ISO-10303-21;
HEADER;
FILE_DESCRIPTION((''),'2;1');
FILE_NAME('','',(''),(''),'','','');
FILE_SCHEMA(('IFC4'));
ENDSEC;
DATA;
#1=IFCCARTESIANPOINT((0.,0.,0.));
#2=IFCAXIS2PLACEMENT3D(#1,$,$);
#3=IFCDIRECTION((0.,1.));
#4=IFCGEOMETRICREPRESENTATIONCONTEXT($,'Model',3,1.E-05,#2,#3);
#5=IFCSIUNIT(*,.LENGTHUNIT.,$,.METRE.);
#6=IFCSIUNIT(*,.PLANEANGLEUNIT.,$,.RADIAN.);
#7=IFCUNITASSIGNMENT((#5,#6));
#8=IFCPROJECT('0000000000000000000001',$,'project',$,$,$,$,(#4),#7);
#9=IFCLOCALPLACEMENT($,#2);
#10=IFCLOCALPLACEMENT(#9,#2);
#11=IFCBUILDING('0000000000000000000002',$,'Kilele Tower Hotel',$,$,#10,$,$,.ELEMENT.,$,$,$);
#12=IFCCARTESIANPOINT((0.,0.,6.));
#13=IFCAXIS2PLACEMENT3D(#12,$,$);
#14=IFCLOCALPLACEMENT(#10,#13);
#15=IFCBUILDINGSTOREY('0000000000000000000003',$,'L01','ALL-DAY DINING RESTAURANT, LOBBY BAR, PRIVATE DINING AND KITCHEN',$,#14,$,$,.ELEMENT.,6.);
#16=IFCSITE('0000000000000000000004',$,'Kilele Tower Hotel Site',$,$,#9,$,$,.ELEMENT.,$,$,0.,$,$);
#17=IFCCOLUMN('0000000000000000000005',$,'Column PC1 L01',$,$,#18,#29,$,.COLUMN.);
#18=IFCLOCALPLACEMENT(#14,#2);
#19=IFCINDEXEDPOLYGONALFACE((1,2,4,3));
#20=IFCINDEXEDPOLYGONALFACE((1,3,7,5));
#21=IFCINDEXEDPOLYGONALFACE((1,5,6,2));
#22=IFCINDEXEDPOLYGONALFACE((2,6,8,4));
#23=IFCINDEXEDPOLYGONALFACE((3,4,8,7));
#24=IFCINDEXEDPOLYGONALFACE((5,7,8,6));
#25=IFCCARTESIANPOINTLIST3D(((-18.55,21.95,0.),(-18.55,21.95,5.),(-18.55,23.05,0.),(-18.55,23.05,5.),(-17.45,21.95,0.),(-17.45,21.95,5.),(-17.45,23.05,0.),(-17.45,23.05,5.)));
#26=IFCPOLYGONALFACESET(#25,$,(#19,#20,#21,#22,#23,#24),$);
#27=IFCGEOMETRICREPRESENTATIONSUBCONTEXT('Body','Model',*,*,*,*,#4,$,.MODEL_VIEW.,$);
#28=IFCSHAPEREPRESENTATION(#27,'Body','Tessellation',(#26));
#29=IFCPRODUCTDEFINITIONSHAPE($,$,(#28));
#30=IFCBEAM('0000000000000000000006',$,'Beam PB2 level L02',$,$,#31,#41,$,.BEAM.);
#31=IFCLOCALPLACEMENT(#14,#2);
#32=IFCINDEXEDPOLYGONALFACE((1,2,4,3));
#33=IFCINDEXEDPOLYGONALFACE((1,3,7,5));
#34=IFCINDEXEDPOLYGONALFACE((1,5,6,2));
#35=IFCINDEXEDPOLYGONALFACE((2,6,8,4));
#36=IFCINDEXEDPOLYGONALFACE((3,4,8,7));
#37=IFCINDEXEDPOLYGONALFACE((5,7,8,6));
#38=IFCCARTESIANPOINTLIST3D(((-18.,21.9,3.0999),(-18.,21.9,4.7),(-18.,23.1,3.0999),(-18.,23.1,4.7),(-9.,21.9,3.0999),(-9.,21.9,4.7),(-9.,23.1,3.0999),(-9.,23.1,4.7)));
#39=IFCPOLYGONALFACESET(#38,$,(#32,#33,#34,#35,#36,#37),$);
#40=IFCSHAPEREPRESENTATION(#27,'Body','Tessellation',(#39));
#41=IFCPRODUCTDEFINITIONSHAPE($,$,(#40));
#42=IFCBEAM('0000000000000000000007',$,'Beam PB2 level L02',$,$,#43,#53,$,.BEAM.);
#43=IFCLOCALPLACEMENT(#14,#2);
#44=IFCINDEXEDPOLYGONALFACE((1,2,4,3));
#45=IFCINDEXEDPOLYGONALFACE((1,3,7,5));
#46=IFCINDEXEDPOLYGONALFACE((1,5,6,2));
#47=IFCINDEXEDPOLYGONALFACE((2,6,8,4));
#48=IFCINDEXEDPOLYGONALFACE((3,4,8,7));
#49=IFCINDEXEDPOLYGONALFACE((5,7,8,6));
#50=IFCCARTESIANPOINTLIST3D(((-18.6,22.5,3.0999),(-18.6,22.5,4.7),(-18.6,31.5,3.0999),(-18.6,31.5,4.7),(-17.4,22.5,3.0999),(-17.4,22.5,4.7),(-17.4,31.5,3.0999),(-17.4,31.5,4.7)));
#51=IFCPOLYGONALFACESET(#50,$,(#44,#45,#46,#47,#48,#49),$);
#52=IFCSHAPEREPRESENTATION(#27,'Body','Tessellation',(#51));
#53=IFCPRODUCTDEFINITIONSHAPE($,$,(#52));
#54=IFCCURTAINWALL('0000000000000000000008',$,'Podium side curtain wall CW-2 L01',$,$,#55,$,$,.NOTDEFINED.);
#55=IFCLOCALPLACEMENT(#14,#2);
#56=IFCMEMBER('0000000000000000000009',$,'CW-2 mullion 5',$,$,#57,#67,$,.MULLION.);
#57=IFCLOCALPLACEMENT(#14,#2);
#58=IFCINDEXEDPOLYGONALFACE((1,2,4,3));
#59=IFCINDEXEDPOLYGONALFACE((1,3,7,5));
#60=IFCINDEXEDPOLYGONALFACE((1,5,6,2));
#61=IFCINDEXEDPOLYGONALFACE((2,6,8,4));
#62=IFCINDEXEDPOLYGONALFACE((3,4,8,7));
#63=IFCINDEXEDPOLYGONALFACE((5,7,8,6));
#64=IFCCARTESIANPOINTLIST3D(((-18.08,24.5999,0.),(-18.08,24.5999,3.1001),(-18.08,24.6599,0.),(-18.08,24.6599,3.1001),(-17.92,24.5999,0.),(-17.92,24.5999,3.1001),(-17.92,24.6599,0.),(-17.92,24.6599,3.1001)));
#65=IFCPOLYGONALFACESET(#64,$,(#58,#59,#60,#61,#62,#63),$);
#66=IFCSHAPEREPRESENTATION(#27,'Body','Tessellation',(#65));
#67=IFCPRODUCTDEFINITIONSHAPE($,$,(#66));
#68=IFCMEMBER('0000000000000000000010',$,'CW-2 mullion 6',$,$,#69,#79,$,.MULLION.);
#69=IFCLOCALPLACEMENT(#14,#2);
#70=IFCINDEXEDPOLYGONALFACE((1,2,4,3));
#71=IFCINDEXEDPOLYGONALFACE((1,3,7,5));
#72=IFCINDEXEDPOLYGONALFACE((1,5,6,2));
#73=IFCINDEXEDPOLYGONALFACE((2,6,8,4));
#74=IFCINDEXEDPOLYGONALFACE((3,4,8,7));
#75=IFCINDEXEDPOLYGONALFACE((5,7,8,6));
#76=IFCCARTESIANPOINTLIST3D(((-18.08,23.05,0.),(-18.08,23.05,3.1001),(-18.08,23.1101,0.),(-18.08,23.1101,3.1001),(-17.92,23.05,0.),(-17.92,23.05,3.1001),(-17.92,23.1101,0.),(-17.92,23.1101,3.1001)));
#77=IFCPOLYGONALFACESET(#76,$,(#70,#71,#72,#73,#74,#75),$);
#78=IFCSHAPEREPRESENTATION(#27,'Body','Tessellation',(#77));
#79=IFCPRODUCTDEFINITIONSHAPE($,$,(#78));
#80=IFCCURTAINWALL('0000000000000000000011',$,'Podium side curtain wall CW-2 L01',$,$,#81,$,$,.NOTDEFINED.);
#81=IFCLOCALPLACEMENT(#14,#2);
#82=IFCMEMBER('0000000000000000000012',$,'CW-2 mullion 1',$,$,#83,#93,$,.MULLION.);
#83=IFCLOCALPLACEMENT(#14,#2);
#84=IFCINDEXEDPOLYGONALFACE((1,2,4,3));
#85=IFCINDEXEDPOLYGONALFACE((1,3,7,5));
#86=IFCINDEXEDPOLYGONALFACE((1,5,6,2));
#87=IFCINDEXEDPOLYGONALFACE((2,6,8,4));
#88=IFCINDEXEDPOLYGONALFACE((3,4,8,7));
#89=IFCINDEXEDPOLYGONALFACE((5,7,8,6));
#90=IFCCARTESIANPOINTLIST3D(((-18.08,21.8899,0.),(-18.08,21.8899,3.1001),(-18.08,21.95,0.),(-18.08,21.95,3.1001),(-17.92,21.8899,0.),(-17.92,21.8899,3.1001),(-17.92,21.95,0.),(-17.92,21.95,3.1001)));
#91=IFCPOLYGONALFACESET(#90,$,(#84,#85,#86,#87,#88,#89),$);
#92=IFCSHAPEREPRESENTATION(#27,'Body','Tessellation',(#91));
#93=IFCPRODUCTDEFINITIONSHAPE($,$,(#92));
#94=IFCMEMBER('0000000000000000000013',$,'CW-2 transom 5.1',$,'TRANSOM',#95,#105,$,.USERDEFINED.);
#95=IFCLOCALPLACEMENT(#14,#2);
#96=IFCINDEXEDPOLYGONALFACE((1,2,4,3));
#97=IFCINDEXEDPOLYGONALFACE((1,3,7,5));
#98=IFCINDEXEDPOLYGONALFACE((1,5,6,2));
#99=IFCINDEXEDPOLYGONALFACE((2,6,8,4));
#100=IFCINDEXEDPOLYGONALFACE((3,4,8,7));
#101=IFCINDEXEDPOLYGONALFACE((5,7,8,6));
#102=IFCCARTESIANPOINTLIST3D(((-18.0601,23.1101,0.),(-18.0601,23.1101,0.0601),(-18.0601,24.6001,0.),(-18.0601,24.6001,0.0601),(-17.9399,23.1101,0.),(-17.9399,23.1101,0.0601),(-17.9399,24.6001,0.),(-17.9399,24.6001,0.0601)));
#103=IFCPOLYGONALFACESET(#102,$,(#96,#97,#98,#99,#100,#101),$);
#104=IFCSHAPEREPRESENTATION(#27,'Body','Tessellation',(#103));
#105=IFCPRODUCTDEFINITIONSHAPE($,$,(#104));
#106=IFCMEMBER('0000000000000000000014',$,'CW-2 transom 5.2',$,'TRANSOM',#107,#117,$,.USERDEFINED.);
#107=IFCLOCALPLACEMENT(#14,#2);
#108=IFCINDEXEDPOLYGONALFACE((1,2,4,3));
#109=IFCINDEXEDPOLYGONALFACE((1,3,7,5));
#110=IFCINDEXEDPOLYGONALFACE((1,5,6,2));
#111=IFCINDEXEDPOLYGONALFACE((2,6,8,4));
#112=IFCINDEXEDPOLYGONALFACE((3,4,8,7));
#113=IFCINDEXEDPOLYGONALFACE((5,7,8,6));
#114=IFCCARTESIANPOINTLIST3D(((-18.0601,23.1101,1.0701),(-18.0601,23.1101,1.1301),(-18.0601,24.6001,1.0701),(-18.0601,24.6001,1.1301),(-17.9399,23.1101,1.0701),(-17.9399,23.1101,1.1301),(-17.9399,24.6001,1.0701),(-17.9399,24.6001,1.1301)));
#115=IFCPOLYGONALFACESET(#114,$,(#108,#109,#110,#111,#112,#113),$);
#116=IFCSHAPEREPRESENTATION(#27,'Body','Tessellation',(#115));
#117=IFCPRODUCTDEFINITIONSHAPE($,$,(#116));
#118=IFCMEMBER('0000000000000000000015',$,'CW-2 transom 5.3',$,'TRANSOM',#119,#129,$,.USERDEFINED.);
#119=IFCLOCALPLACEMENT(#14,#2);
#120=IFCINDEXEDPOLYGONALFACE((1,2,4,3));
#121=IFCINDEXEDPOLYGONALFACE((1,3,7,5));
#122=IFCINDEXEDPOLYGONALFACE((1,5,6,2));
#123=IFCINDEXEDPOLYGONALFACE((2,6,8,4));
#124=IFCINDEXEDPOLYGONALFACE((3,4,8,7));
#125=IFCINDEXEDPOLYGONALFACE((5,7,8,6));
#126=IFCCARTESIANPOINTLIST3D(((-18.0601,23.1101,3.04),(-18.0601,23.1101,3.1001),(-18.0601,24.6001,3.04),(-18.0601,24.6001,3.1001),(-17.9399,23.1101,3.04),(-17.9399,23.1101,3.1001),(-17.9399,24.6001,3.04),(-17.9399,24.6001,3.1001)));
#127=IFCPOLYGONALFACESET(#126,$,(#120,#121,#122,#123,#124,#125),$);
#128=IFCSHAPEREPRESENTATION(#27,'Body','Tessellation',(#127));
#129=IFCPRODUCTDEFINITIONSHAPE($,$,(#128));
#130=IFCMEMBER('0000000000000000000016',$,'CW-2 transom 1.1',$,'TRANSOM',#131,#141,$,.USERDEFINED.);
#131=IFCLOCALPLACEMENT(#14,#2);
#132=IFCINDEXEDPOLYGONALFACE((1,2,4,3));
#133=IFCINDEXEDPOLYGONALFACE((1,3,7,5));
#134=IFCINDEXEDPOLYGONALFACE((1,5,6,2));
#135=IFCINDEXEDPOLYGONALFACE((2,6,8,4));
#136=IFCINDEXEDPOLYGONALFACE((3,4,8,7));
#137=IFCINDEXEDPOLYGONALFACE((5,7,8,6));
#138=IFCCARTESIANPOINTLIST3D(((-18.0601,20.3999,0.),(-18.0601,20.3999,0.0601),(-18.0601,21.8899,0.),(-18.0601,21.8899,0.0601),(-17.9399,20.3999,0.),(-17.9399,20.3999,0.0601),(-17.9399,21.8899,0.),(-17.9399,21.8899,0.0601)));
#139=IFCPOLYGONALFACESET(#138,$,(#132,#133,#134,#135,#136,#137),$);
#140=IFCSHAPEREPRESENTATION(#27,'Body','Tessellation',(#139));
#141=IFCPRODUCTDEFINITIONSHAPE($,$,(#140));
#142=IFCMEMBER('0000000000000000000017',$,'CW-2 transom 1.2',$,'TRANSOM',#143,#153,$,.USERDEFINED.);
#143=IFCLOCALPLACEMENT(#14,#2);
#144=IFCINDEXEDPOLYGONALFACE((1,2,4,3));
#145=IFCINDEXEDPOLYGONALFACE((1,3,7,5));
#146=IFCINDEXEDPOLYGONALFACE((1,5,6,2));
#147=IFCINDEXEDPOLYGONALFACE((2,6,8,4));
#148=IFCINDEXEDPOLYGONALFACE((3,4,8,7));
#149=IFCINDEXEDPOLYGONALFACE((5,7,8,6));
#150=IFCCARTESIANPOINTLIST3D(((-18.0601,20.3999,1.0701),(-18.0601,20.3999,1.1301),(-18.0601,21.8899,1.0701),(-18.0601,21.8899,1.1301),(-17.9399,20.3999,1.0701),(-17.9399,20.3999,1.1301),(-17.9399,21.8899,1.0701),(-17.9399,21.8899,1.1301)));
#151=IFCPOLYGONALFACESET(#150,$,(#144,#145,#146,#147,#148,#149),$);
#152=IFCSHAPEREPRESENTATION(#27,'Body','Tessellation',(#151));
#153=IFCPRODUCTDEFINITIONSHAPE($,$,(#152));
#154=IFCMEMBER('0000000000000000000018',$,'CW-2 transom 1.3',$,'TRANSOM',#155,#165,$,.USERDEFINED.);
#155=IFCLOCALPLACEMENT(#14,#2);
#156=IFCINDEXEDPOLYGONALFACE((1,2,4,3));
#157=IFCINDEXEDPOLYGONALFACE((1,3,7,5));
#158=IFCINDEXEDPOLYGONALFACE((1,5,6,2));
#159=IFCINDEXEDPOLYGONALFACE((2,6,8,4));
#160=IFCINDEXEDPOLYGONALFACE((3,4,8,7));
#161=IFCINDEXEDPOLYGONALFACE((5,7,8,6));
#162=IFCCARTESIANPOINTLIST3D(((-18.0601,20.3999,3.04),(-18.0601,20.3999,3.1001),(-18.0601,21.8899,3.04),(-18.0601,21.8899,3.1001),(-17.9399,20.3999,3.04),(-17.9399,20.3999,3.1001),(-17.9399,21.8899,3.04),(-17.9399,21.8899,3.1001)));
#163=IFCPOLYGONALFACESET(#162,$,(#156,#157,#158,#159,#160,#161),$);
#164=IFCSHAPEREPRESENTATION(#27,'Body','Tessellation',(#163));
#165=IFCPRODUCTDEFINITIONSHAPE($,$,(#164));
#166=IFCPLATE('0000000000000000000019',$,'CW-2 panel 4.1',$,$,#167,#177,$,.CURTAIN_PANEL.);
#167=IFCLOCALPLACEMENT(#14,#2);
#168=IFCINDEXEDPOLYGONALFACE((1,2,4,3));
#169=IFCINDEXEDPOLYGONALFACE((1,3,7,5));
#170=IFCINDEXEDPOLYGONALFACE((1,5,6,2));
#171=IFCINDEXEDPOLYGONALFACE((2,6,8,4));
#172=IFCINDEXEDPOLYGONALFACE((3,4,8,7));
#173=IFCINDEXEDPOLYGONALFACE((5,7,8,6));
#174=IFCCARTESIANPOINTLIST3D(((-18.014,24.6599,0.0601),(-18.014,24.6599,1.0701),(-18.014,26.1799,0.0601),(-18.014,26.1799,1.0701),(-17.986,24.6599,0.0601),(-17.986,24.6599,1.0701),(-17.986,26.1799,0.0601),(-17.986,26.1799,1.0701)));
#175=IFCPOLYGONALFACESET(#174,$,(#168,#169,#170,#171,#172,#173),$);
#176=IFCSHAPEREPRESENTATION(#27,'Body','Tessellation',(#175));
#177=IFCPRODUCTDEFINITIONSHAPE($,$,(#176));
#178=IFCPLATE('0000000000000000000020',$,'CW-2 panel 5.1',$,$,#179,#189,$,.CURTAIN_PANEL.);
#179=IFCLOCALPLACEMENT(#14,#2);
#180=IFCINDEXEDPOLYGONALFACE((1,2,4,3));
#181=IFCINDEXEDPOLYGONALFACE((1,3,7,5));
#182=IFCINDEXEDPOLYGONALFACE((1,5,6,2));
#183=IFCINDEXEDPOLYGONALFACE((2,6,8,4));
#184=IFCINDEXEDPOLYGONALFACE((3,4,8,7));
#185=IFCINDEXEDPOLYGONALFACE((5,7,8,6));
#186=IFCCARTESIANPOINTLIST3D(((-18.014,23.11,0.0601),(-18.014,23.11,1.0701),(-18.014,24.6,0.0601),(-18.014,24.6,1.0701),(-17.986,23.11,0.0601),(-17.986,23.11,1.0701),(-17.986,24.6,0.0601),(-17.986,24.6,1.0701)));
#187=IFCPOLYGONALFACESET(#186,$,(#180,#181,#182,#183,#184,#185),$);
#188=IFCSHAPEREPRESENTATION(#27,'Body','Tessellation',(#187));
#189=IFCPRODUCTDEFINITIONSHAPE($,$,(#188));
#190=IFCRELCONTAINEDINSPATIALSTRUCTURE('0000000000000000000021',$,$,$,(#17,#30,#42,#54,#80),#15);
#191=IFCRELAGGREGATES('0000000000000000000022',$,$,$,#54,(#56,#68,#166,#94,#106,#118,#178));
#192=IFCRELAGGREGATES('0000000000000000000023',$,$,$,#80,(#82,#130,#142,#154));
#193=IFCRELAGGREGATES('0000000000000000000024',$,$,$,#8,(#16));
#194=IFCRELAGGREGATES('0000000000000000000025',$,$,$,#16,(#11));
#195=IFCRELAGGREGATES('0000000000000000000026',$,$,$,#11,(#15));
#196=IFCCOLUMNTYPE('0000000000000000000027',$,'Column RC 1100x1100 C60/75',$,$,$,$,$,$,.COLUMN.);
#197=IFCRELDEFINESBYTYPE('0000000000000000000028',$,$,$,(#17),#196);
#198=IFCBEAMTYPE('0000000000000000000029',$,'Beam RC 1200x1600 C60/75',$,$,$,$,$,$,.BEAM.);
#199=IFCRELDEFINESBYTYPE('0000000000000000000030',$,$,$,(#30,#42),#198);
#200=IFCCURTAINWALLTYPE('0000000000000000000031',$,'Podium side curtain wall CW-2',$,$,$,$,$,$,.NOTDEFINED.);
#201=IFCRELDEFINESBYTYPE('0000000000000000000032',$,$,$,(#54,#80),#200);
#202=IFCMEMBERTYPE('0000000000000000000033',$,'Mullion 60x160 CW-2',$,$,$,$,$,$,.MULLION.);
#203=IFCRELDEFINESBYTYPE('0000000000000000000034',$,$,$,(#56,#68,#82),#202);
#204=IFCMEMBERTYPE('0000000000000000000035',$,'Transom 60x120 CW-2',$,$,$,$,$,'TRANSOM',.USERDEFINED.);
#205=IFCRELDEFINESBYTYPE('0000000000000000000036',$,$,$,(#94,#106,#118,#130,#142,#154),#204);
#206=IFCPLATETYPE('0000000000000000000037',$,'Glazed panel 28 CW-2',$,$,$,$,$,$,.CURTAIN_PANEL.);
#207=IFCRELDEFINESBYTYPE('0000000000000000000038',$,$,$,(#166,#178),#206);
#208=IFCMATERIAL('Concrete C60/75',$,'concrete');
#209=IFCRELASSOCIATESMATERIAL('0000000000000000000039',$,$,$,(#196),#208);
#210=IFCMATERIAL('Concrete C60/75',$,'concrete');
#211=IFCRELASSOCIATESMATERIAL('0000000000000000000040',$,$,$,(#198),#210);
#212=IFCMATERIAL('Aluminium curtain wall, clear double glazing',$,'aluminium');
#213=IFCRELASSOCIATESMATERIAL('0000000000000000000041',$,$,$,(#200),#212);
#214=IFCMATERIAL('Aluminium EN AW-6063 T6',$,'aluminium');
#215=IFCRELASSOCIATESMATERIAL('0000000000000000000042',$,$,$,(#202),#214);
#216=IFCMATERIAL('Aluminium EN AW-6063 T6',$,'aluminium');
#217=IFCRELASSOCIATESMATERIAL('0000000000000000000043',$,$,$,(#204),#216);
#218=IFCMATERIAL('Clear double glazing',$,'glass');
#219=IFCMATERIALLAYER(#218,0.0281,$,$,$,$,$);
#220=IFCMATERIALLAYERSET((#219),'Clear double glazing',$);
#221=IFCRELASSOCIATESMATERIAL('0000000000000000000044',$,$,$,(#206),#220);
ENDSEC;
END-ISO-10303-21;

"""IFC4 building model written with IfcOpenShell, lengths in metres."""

from ifc_helpers import new_model, si_unit, direction, frame, origin, origin_2d, place, context, subcontext, project, spatial, rectangle, extrude, material, layer, layer_set, material_profile, profile_set, type_object, element, aggregate, save


model = new_model("IFC4")

# Units and contexts
model_context = context("Model", 3, precision=1e-05, world=origin(), true_north=direction((0.0, 1.0)))
body_context = subcontext(model_context, "Body", "Model", "MODEL_VIEW")
ifc_project = project(units=[si_unit("LENGTHUNIT", "METRE"), si_unit("PLANEANGLEUNIT", "RADIAN")], contexts=[model_context])

# Site, building, storey
site_placement = place(None, origin())
site = spatial("IfcSite", under=ifc_project, at=site_placement, Name="Kilele Tower Hotel Site", CompositionType="ELEMENT", RefElevation=0.0)
building_placement = place(site_placement, origin())
building = spatial("IfcBuilding", under=site, at=building_placement, Name="Kilele Tower Hotel", CompositionType="ELEMENT")
storey_placement = place(building_placement, frame((0.0, 0.0, 6.0)))
storey = spatial("IfcBuildingStorey", under=building, at=storey_placement, Name="L01", Description="ALL-DAY DINING RESTAURANT, LOBBY BAR, PRIVATE DINING AND KITCHEN", CompositionType="ELEMENT", Elevation=6.0)

# Column
ifc_material_1 = material(Name="Concrete C60/75", Category="concrete")
ifc_material_profile_1 = material_profile(ifc_material_1, rectangle(XDim=1.1001, YDim=1.1001, at=origin_2d()))
ifc_profile_set_1 = profile_set([ifc_material_profile_1], Name="Concrete C60/75")
column_type = type_object("IfcColumnType", Name="Column RC 1100x1100 C60/75", PredefinedType="COLUMN", material=ifc_profile_set_1)
column_placement = place(storey_placement, frame((-18.0, 22.5, 0.0), z_axis=(0.0, 0.0, 1.0), x_axis=(1.0, 0.0, 0.0)))
element("IfcColumn", 1, at=column_placement, inside=storey, type_object=column_type, Name="Column PC1 L01", PredefinedType="COLUMN", context=body_context, shape_type="SweptSolid", body=[
    extrude(rectangle(XDim=1.1001, YDim=1.1001, at=origin_2d()), origin(), (0.0, 0.0, 1.0), 5.0),
])

# Beams
ifc_material_2 = material(Name="Concrete C60/75", Category="concrete")
ifc_material_profile_2 = material_profile(ifc_material_2, rectangle(XDim=1.2, YDim=1.6001, at=origin_2d()))
ifc_profile_set_2 = profile_set([ifc_material_profile_2], Name="Concrete C60/75")
beam_type = type_object("IfcBeamType", Name="Beam RC 1200x1600 C60/75", PredefinedType="BEAM", material=ifc_profile_set_2)
for number, where, z_axis, x_axis, name in (
    (2, (-18.0, 22.5, 3.8999), (1.0, 0.0, 0.0), (0.0, 1.0, 0.0), "Beam PB2 level L02"),
    (3, (-18.0, 22.5, 3.8999), (0.0, 1.0, 0.0), (-1.0, 0.0, 0.0), "Beam PB2 level L02"),
):
    element("IfcBeam", number, at=place(storey_placement, frame(where, z_axis=z_axis, x_axis=x_axis)), inside=storey, type_object=beam_type, Name=name, PredefinedType="BEAM", context=body_context, shape_type="SweptSolid", body=[
        extrude(rectangle(XDim=1.2, YDim=1.6001, at=origin_2d()), origin(), (0.0, 0.0, 1.0), 9.0),
    ])

# Curtain wall, members
ifc_material_3 = material(Name="Aluminium curtain wall, clear double glazing", Category="aluminium")
curtain_wall_type = type_object("IfcCurtainWallType", Name="Podium side curtain wall CW-2", PredefinedType="NOTDEFINED", material=ifc_material_3)
curtain_wall_1_placement = place(storey_placement, origin())
curtain_wall_1 = element("IfcCurtainWall", 4, at=curtain_wall_1_placement, inside=storey, type_object=curtain_wall_type, Name="Podium side curtain wall CW-2 L01", PredefinedType="NOTDEFINED")
ifc_material_4 = material(Name="Aluminium EN AW-6063 T6", Category="aluminium")
ifc_material_profile_3 = material_profile(ifc_material_4, rectangle(XDim=0.1599, YDim=0.0601, at=origin_2d()))
ifc_profile_set_3 = profile_set([ifc_material_profile_3], Name="Aluminium EN AW-6063 T6")
member_type_1 = type_object("IfcMemberType", Name="Mullion 60x160 CW-2", PredefinedType="MULLION", material=ifc_profile_set_3)
member_1_placement = place(storey_placement, frame((-18.0, 24.6299, 0.0), z_axis=(0.0, 0.0, 1.0), x_axis=(1.0, 0.0, 0.0)))
member_1 = element("IfcMember", 5, at=member_1_placement, type_object=member_type_1, Name="CW-2 mullion 5", PredefinedType="MULLION", context=body_context, shape_type="SweptSolid", body=[
    extrude(rectangle(XDim=0.1599, YDim=0.0601, at=origin_2d()), origin(), (0.0, 0.0, 1.0), 3.1001),
])
member_2_placement = place(storey_placement, frame((-18.0, 23.0801, 0.0), z_axis=(0.0, 0.0, 1.0), x_axis=(1.0, 0.0, 0.0)))
member_2 = element("IfcMember", 6, at=member_2_placement, type_object=member_type_1, Name="CW-2 mullion 6", PredefinedType="MULLION", context=body_context, shape_type="SweptSolid", body=[
    extrude(rectangle(XDim=0.1599, YDim=0.0601, at=origin_2d()), origin(), (0.0, 0.0, 1.0), 3.1001),
])

# Curtain wall, member
curtain_wall_2_placement = place(storey_placement, origin())
curtain_wall_2 = element("IfcCurtainWall", 7, at=curtain_wall_2_placement, inside=storey, type_object=curtain_wall_type, Name="Podium side curtain wall CW-2 L01", PredefinedType="NOTDEFINED")
member_3_placement = place(storey_placement, frame((-18.0, 21.9199, 0.0), z_axis=(0.0, 0.0, 1.0), x_axis=(1.0, 0.0, 0.0)))
member_3 = element("IfcMember", 8, at=member_3_placement, type_object=member_type_1, Name="CW-2 mullion 1", PredefinedType="MULLION", context=body_context, shape_type="SweptSolid", body=[
    extrude(rectangle(XDim=0.1599, YDim=0.0601, at=origin_2d()), origin(), (0.0, 0.0, 1.0), 3.1001),
])

# Members
ifc_material_5 = material(Name="Aluminium EN AW-6063 T6", Category="aluminium")
ifc_material_profile_4 = material_profile(ifc_material_5, rectangle(XDim=0.1201, YDim=0.0601, at=origin_2d()))
ifc_profile_set_4 = profile_set([ifc_material_profile_4], Name="Aluminium EN AW-6063 T6")
member_type_2 = type_object("IfcMemberType", Name="Transom 60x120 CW-2", ElementType="TRANSOM", PredefinedType="USERDEFINED", material=ifc_profile_set_4)
member_4_placement = place(storey_placement, frame((-18.0, 24.6001, 0.03), z_axis=(0.0, -1.0, 0.0), x_axis=(1.0, 0.0, 0.0)))
member_4 = element("IfcMember", 9, at=member_4_placement, type_object=member_type_2, Name="CW-2 transom 5.1", ObjectType="TRANSOM", PredefinedType="USERDEFINED", context=body_context, shape_type="SweptSolid", body=[
    extrude(rectangle(XDim=0.1201, YDim=0.0601, at=origin_2d()), origin(), (0.0, 0.0, 1.0), 1.49),
])
member_5_placement = place(storey_placement, frame((-18.0, 24.6001, 1.1001), z_axis=(0.0, -1.0, 0.0), x_axis=(1.0, 0.0, 0.0)))
member_5 = element("IfcMember", 10, at=member_5_placement, type_object=member_type_2, Name="CW-2 transom 5.2", ObjectType="TRANSOM", PredefinedType="USERDEFINED", context=body_context, shape_type="SweptSolid", body=[
    extrude(rectangle(XDim=0.1201, YDim=0.0601, at=origin_2d()), origin(), (0.0, 0.0, 1.0), 1.49),
])
member_6_placement = place(storey_placement, frame((-18.0, 24.6001, 3.0701), z_axis=(0.0, -1.0, 0.0), x_axis=(1.0, 0.0, 0.0)))
member_6 = element("IfcMember", 11, at=member_6_placement, type_object=member_type_2, Name="CW-2 transom 5.3", ObjectType="TRANSOM", PredefinedType="USERDEFINED", context=body_context, shape_type="SweptSolid", body=[
    extrude(rectangle(XDim=0.1201, YDim=0.0601, at=origin_2d()), origin(), (0.0, 0.0, 1.0), 1.49),
])
member_7_placement = place(storey_placement, frame((-18.0, 21.8899, 0.03), z_axis=(0.0, -1.0, 0.0), x_axis=(1.0, 0.0, 0.0)))
member_7 = element("IfcMember", 12, at=member_7_placement, type_object=member_type_2, Name="CW-2 transom 1.1", ObjectType="TRANSOM", PredefinedType="USERDEFINED", context=body_context, shape_type="SweptSolid", body=[
    extrude(rectangle(XDim=0.1201, YDim=0.0601, at=origin_2d()), origin(), (0.0, 0.0, 1.0), 1.49),
])
member_8_placement = place(storey_placement, frame((-18.0, 21.8899, 1.1001), z_axis=(0.0, -1.0, 0.0), x_axis=(1.0, 0.0, 0.0)))
member_8 = element("IfcMember", 13, at=member_8_placement, type_object=member_type_2, Name="CW-2 transom 1.2", ObjectType="TRANSOM", PredefinedType="USERDEFINED", context=body_context, shape_type="SweptSolid", body=[
    extrude(rectangle(XDim=0.1201, YDim=0.0601, at=origin_2d()), origin(), (0.0, 0.0, 1.0), 1.49),
])
member_9_placement = place(storey_placement, frame((-18.0, 21.8899, 3.0701), z_axis=(0.0, -1.0, 0.0), x_axis=(1.0, 0.0, 0.0)))
member_9 = element("IfcMember", 14, at=member_9_placement, type_object=member_type_2, Name="CW-2 transom 1.3", ObjectType="TRANSOM", PredefinedType="USERDEFINED", context=body_context, shape_type="SweptSolid", body=[
    extrude(rectangle(XDim=0.1201, YDim=0.0601, at=origin_2d()), origin(), (0.0, 0.0, 1.0), 1.49),
])

# Plates
ifc_material_6 = material(Name="Clear double glazing", Category="glass")
ifc_layer_1 = layer(ifc_material_6, 0.0281)
ifc_layer_set_1 = layer_set([ifc_layer_1], Name="Clear double glazing")
plate_type = type_object("IfcPlateType", Name="Glazed panel 28 CW-2", PredefinedType="CURTAIN_PANEL", material=ifc_layer_set_1)
plate_1_placement = place(storey_placement, frame((-18.0, 25.4199, 0.0601), z_axis=(0.0, 0.0, 1.0), x_axis=(0.0, -1.0, 0.0)))
plate_1 = element("IfcPlate", 15, at=plate_1_placement, type_object=plate_type, Name="CW-2 panel 4.1", PredefinedType="CURTAIN_PANEL", context=body_context, shape_type="SweptSolid", body=[
    extrude(rectangle(XDim=1.52, YDim=0.0281, at=origin_2d()), origin(), (0.0, 0.0, 1.0), 1.01),
])
plate_2_placement = place(storey_placement, frame((-18.0, 23.855, 0.0601), z_axis=(0.0, 0.0, 1.0), x_axis=(0.0, -1.0, 0.0)))
plate_2 = element("IfcPlate", 16, at=plate_2_placement, type_object=plate_type, Name="CW-2 panel 5.1", PredefinedType="CURTAIN_PANEL", context=body_context, shape_type="SweptSolid", body=[
    extrude(rectangle(XDim=1.49, YDim=0.0281, at=origin_2d()), origin(), (0.0, 0.0, 1.0), 1.01),
])
aggregate(curtain_wall_1, [member_1, member_2, plate_1, member_4, member_5, member_6, plate_2])
aggregate(curtain_wall_2, [member_3, member_7, member_8, member_9])

save(model, "model.ifc")
